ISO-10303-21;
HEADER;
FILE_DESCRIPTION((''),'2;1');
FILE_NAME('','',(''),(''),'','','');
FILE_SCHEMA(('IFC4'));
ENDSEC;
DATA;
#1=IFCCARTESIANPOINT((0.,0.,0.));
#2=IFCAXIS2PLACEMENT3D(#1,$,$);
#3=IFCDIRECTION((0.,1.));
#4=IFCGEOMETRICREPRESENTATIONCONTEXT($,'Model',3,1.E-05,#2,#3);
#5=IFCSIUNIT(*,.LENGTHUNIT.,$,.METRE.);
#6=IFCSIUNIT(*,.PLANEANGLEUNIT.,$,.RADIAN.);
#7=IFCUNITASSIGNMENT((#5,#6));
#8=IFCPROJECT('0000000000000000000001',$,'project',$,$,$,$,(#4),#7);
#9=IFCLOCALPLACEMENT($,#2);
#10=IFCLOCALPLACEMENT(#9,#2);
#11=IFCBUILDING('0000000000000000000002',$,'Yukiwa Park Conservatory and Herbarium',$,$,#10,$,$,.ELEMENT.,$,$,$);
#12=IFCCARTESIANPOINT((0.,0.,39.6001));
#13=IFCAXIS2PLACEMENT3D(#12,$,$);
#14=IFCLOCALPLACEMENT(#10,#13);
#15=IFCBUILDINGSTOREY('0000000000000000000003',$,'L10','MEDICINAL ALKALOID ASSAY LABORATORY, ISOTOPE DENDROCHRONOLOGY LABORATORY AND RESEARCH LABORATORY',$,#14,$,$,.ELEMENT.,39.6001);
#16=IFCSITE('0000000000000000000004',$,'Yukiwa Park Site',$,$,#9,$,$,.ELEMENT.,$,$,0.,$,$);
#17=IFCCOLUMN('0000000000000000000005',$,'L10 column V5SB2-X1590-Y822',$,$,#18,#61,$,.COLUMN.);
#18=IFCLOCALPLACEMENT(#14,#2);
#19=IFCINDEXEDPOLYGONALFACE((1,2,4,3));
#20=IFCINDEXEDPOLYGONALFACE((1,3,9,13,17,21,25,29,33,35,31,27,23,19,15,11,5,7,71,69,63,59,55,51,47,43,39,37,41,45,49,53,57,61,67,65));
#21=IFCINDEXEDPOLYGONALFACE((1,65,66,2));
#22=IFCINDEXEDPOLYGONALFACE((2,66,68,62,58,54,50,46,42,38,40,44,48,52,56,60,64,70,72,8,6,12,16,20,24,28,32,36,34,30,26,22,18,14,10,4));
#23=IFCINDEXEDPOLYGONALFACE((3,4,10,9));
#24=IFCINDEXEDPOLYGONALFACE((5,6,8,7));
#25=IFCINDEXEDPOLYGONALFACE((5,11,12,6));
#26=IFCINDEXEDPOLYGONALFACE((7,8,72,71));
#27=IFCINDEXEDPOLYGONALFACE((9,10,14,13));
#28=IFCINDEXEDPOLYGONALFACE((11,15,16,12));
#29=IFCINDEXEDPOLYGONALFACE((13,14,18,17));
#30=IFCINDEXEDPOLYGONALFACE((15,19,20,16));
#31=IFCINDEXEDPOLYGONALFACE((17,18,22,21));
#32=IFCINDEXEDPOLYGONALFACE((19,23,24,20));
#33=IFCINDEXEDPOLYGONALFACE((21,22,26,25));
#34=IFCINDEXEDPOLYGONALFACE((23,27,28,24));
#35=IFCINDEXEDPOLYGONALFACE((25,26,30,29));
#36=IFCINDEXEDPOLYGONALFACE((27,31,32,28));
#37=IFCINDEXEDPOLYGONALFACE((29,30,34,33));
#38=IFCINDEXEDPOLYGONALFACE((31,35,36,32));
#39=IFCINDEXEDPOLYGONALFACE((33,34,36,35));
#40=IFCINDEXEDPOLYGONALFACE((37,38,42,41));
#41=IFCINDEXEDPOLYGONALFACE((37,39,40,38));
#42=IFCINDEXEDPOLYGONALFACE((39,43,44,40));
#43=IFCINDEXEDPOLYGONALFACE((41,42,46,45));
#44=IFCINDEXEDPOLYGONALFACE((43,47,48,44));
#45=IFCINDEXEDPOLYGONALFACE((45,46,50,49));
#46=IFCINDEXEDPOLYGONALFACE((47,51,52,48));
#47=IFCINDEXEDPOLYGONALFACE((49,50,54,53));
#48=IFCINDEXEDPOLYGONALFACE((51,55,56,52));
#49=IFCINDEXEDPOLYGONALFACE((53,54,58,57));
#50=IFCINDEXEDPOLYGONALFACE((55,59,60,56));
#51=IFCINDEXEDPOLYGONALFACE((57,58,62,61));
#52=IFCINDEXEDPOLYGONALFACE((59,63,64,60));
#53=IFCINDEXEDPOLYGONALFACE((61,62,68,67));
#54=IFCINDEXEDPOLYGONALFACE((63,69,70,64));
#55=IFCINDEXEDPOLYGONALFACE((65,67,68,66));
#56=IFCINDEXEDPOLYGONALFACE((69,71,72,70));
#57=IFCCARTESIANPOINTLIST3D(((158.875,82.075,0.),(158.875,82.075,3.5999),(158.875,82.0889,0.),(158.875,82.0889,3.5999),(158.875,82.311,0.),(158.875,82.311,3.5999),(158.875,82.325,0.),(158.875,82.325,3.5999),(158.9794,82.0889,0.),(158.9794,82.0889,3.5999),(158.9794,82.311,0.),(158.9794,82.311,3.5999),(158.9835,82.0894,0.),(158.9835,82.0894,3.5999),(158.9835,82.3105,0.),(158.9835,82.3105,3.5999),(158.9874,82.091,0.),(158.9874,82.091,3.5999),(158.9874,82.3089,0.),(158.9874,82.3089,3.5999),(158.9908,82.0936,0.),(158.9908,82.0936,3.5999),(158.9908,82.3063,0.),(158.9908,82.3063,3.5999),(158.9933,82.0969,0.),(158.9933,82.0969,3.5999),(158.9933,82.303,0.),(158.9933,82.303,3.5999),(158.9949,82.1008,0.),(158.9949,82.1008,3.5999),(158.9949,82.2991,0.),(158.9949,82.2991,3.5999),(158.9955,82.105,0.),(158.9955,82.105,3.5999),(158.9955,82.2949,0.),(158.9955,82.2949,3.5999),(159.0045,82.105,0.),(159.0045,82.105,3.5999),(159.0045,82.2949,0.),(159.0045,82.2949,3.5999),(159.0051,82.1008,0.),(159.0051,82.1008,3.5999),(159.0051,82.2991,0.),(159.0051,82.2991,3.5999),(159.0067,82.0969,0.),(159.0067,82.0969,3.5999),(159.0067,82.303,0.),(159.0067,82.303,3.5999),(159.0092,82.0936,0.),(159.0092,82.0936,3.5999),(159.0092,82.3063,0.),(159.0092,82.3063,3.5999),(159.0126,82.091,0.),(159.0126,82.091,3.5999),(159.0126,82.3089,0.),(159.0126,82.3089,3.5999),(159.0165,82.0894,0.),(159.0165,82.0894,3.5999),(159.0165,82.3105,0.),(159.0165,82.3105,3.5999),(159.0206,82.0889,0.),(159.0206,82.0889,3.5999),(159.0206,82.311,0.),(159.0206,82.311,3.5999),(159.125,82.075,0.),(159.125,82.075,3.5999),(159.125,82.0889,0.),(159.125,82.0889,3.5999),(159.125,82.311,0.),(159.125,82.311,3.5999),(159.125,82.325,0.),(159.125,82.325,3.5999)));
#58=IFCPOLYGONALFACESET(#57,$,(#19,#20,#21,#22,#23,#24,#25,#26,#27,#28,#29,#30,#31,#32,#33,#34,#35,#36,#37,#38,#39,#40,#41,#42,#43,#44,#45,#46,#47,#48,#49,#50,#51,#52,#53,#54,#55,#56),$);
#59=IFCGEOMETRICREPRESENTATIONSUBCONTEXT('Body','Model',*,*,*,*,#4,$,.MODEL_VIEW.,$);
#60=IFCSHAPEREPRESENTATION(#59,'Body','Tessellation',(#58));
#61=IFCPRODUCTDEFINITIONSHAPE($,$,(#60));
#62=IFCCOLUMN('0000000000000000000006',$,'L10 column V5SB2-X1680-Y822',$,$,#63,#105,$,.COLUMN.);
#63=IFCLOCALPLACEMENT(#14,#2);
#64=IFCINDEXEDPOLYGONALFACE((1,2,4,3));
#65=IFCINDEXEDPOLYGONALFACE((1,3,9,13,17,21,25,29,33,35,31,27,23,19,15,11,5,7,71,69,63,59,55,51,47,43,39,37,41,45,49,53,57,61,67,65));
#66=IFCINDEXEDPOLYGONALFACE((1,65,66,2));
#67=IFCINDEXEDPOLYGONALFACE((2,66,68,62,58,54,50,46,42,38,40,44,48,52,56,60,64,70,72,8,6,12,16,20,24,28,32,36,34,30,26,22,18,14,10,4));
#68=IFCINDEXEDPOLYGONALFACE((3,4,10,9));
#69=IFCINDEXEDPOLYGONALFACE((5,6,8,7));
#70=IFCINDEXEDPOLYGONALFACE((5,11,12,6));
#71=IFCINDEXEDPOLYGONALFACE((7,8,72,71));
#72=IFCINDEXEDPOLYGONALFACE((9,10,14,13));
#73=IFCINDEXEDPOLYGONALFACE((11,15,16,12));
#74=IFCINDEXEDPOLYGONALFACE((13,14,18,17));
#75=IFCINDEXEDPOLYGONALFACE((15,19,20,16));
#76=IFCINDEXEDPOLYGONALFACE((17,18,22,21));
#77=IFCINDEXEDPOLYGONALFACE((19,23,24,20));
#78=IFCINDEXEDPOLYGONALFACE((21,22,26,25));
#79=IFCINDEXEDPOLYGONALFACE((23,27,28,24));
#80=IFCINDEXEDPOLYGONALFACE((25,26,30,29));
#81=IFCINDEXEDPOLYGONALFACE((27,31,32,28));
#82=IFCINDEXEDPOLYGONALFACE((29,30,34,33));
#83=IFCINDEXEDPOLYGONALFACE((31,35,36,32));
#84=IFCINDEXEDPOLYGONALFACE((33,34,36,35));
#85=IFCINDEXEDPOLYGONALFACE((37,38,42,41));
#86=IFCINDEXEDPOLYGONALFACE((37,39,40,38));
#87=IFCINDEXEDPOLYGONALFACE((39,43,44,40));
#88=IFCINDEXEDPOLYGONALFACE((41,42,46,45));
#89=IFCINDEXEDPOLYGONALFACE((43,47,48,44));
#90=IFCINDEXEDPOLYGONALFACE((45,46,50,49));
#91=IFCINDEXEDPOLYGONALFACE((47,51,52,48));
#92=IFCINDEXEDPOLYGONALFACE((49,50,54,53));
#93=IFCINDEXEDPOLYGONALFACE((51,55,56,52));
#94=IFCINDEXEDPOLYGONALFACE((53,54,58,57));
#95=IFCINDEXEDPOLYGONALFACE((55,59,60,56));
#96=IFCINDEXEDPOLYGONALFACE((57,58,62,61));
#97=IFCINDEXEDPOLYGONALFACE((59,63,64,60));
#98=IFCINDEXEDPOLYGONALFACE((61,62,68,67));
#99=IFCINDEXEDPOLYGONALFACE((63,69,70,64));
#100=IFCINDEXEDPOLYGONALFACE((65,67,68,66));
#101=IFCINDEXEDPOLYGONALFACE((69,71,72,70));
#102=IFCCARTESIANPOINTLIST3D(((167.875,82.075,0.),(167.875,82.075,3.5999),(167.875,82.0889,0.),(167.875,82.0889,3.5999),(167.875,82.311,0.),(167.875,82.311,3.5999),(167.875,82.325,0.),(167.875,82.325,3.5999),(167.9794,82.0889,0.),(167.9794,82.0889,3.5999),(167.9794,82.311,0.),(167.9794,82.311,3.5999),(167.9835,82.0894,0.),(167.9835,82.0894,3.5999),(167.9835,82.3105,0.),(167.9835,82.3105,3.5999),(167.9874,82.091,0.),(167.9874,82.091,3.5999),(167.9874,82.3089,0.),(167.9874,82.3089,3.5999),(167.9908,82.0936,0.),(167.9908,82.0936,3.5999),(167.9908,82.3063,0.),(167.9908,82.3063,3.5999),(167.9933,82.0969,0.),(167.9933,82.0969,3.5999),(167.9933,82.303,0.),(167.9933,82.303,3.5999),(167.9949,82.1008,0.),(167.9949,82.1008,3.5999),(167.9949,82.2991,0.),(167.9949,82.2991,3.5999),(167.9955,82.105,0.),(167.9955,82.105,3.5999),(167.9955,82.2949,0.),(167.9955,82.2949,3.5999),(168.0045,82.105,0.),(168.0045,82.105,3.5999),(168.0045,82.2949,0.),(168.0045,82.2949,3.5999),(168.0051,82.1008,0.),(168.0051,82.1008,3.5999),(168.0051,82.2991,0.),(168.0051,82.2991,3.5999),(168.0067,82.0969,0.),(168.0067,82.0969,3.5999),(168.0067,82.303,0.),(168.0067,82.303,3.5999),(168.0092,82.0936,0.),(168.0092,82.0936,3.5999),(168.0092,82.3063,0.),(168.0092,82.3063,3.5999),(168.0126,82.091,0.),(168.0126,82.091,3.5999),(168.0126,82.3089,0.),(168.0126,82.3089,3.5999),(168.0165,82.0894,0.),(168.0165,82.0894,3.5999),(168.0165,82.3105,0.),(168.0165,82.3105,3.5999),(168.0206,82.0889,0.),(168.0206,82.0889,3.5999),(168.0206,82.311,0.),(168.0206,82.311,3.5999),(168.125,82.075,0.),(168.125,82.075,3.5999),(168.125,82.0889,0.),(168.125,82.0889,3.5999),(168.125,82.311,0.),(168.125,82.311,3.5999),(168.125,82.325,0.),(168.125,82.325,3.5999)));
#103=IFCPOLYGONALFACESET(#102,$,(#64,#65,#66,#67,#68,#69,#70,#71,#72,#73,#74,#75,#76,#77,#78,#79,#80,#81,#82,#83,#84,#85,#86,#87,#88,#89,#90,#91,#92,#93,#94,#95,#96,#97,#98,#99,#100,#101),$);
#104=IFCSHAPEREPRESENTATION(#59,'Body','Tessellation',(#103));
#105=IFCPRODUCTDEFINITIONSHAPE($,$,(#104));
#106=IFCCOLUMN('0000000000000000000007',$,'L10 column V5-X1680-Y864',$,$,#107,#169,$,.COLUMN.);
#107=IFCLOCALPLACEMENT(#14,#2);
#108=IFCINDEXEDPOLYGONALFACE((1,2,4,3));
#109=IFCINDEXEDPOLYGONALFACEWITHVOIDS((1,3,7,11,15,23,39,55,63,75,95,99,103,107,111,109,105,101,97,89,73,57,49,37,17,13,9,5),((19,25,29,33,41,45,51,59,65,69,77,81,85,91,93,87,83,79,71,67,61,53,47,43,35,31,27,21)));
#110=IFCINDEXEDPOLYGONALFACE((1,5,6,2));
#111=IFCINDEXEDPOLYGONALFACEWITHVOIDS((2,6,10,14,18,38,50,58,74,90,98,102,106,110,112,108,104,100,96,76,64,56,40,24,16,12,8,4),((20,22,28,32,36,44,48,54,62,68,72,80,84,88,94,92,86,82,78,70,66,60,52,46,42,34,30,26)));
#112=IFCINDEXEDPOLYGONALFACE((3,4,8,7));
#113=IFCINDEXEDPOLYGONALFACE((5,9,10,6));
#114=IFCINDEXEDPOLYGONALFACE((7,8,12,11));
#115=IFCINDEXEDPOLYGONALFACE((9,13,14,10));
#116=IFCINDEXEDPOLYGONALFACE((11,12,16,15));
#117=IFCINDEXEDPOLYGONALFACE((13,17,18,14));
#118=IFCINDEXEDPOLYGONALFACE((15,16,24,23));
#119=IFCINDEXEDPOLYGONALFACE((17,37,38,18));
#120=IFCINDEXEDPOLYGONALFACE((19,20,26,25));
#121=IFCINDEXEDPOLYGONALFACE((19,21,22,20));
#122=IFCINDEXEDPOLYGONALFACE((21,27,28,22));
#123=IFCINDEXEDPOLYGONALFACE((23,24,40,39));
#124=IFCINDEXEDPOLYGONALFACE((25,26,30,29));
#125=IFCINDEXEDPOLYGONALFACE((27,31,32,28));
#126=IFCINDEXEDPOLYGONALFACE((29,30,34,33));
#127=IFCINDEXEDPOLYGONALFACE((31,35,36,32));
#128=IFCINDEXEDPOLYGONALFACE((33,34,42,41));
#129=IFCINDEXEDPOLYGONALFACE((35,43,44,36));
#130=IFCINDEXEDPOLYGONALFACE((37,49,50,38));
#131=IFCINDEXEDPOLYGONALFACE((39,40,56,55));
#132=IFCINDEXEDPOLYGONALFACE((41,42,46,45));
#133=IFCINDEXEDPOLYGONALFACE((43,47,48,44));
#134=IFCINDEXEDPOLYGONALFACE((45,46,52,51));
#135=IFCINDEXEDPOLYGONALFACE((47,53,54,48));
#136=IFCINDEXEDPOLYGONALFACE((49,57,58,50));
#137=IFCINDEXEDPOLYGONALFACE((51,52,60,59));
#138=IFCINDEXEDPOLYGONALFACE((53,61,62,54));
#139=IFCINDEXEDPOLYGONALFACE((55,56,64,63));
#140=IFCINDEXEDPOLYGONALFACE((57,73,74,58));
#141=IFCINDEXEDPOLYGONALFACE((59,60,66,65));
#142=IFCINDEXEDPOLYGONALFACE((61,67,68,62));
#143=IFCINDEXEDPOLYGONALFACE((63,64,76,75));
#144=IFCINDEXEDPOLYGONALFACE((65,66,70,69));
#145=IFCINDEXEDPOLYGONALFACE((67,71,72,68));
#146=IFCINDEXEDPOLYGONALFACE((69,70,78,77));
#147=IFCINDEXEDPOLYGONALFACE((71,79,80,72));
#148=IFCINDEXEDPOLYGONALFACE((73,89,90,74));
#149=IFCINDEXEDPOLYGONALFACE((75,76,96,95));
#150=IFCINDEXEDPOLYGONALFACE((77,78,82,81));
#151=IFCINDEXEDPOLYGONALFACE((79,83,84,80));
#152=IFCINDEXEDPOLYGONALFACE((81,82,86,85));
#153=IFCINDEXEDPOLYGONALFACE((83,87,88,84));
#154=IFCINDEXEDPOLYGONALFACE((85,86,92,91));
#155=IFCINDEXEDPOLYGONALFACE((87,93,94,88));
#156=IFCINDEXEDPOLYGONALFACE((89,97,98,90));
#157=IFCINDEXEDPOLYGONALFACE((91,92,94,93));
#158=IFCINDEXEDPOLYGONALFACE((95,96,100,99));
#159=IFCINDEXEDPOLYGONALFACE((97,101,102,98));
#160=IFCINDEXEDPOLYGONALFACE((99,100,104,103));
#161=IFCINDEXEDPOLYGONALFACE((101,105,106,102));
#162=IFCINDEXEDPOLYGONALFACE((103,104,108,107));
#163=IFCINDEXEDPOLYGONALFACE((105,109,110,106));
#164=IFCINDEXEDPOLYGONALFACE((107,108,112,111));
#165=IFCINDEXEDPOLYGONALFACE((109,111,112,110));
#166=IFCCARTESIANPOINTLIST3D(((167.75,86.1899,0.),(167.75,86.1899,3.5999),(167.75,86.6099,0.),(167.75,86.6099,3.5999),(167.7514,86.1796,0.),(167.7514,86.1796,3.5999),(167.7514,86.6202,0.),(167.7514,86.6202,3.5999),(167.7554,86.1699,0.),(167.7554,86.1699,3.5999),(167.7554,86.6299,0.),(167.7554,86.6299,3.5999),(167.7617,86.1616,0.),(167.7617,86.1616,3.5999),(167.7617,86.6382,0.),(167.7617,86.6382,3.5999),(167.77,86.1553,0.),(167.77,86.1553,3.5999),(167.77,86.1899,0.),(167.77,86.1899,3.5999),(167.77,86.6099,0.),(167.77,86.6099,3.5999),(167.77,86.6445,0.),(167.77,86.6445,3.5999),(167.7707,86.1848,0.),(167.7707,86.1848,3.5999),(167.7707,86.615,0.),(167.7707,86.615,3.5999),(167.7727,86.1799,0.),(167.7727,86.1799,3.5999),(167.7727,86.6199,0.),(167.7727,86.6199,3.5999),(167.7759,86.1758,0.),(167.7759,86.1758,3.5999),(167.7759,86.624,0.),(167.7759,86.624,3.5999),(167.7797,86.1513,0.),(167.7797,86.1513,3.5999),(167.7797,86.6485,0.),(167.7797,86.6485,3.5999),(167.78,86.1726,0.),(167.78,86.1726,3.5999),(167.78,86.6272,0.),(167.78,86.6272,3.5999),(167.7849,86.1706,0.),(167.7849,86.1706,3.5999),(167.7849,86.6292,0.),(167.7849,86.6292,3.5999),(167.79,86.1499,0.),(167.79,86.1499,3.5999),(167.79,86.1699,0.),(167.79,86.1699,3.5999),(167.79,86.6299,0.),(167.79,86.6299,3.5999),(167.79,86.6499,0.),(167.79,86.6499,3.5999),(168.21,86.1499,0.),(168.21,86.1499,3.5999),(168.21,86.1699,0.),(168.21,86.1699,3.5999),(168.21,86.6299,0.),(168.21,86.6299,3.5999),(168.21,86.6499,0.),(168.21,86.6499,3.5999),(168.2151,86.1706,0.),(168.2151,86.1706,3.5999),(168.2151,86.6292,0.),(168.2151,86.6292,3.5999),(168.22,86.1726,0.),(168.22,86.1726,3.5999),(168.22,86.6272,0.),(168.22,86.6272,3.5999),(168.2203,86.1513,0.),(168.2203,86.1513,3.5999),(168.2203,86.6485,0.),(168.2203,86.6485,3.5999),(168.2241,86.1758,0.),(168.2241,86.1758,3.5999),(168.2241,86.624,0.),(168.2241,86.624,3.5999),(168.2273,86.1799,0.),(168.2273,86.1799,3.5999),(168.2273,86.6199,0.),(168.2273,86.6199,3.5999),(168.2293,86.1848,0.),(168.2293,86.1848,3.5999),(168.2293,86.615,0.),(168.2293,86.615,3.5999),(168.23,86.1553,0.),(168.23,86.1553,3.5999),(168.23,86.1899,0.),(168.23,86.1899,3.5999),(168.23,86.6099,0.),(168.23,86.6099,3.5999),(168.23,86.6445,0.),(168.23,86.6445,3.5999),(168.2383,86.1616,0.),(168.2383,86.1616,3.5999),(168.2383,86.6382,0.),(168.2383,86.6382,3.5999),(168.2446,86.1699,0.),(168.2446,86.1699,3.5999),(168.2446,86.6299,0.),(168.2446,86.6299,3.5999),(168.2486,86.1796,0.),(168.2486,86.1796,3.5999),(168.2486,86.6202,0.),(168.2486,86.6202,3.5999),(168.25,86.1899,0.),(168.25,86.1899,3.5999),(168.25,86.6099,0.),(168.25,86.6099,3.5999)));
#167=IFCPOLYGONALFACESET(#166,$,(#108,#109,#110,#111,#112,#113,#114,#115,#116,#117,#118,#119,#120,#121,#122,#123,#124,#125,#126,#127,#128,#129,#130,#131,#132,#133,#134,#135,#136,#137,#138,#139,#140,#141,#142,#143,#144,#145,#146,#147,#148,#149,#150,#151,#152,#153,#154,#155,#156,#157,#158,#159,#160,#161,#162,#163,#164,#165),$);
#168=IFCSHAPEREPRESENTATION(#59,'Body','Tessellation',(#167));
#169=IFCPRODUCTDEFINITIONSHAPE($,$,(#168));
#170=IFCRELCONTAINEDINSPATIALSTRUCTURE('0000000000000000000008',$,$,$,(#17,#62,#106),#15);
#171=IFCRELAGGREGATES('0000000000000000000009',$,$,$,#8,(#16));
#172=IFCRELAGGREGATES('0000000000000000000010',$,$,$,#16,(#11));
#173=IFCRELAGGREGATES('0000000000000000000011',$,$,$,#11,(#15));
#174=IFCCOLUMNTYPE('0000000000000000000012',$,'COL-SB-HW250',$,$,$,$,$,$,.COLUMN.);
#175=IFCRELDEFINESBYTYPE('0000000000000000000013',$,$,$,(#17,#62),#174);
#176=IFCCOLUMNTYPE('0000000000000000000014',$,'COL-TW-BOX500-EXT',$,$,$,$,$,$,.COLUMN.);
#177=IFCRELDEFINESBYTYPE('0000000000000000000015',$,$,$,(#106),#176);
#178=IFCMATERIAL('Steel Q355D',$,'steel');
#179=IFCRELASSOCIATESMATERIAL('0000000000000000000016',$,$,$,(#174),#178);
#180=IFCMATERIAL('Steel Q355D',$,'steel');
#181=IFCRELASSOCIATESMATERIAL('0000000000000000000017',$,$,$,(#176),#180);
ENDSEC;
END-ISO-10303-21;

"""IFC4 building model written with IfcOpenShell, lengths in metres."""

from ifc_helpers import new_model, si_unit, direction, frame, origin, origin_2d, place, context, subcontext, project, spatial, hollow_rectangle, i_section, extrude, material, material_profile, profile_set, type_object, element, save


model = new_model("IFC4")

# Units and contexts
model_context = context("Model", 3, precision=1e-05, world=origin(), true_north=direction((0.0, 1.0)))
body_context = subcontext(model_context, "Body", "Model", "MODEL_VIEW")
ifc_project = project(units=[si_unit("LENGTHUNIT", "METRE"), si_unit("PLANEANGLEUNIT", "RADIAN")], contexts=[model_context])

# Site, building, storey
site_placement = place(None, origin())
site = spatial("IfcSite", under=ifc_project, at=site_placement, Name="Yukiwa Park Site", CompositionType="ELEMENT", RefElevation=0.0)
building_placement = place(site_placement, origin())
building = spatial("IfcBuilding", under=site, at=building_placement, Name="Yukiwa Park Conservatory and Herbarium", CompositionType="ELEMENT")
storey_placement = place(building_placement, frame((0.0, 0.0, 39.6001)))
storey = spatial("IfcBuildingStorey", under=building, at=storey_placement, Name="L10", Description="MEDICINAL ALKALOID ASSAY LABORATORY, ISOTOPE DENDROCHRONOLOGY LABORATORY AND RESEARCH LABORATORY", CompositionType="ELEMENT", Elevation=39.6001)

# Columns
ifc_material_1 = material(Name="Steel Q355D", Category="steel")
ifc_material_profile_1 = material_profile(ifc_material_1, i_section(OverallWidth=0.25, OverallDepth=0.25, WebThickness=0.009, FlangeThickness=0.0139, FilletRadius=0.0161, at=origin_2d()), Name="HW 250x250x9x14")
ifc_profile_set_1 = profile_set([ifc_material_profile_1], Name="Steel Q355D")
column_type_1 = type_object("IfcColumnType", Name="COL-SB-HW250", PredefinedType="COLUMN", material=ifc_profile_set_1)
for number, where, z_axis, x_axis, name in (
    (1, (159.0, 82.2, 0.0), (0.0, 0.0, 1.0), (1.0, 0.0, 0.0), "L10 column V5SB2-X1590-Y822"),
    (2, (168.0, 82.2, 0.0), (0.0, 0.0, 1.0), (1.0, 0.0, 0.0), "L10 column V5SB2-X1680-Y822"),
):
    element("IfcColumn", number, at=place(storey_placement, frame(where, z_axis=z_axis, x_axis=x_axis)), inside=storey, type_object=column_type_1, Name=name, PredefinedType="COLUMN", context=body_context, shape_type="SweptSolid", body=[
        extrude(i_section(OverallWidth=0.25, OverallDepth=0.25, WebThickness=0.009, FlangeThickness=0.0139, FilletRadius=0.0161, at=origin_2d()), origin(), (0.0, 0.0, 1.0), 3.5999),
    ])
ifc_material_2 = material(Name="Steel Q355D", Category="steel")
ifc_material_profile_2 = material_profile(ifc_material_2, hollow_rectangle(XDim=0.5, YDim=0.5, WallThickness=0.02, InnerFilletRadius=0.02, OuterFilletRadius=0.04, at=origin_2d()), Name="BOX 500x500x20")
ifc_profile_set_2 = profile_set([ifc_material_profile_2], Name="Steel Q355D")
column_type_2 = type_object("IfcColumnType", Name="COL-TW-BOX500-EXT", PredefinedType="COLUMN", material=ifc_profile_set_2)
column_1_placement = place(storey_placement, frame((168.0, 86.3999, 0.0), z_axis=(0.0, 0.0, 1.0), x_axis=(1.0, 0.0, 0.0)))
element("IfcColumn", 3, at=column_1_placement, inside=storey, type_object=column_type_2, Name="L10 column V5-X1680-Y864", PredefinedType="COLUMN", context=body_context, shape_type="SweptSolid", body=[
    extrude(hollow_rectangle(XDim=0.5, YDim=0.5, WallThickness=0.02, InnerFilletRadius=0.02, OuterFilletRadius=0.04, at=origin_2d()), origin(), (0.0, 0.0, 1.0), 3.5999),
])

save(model, "model.ifc")
